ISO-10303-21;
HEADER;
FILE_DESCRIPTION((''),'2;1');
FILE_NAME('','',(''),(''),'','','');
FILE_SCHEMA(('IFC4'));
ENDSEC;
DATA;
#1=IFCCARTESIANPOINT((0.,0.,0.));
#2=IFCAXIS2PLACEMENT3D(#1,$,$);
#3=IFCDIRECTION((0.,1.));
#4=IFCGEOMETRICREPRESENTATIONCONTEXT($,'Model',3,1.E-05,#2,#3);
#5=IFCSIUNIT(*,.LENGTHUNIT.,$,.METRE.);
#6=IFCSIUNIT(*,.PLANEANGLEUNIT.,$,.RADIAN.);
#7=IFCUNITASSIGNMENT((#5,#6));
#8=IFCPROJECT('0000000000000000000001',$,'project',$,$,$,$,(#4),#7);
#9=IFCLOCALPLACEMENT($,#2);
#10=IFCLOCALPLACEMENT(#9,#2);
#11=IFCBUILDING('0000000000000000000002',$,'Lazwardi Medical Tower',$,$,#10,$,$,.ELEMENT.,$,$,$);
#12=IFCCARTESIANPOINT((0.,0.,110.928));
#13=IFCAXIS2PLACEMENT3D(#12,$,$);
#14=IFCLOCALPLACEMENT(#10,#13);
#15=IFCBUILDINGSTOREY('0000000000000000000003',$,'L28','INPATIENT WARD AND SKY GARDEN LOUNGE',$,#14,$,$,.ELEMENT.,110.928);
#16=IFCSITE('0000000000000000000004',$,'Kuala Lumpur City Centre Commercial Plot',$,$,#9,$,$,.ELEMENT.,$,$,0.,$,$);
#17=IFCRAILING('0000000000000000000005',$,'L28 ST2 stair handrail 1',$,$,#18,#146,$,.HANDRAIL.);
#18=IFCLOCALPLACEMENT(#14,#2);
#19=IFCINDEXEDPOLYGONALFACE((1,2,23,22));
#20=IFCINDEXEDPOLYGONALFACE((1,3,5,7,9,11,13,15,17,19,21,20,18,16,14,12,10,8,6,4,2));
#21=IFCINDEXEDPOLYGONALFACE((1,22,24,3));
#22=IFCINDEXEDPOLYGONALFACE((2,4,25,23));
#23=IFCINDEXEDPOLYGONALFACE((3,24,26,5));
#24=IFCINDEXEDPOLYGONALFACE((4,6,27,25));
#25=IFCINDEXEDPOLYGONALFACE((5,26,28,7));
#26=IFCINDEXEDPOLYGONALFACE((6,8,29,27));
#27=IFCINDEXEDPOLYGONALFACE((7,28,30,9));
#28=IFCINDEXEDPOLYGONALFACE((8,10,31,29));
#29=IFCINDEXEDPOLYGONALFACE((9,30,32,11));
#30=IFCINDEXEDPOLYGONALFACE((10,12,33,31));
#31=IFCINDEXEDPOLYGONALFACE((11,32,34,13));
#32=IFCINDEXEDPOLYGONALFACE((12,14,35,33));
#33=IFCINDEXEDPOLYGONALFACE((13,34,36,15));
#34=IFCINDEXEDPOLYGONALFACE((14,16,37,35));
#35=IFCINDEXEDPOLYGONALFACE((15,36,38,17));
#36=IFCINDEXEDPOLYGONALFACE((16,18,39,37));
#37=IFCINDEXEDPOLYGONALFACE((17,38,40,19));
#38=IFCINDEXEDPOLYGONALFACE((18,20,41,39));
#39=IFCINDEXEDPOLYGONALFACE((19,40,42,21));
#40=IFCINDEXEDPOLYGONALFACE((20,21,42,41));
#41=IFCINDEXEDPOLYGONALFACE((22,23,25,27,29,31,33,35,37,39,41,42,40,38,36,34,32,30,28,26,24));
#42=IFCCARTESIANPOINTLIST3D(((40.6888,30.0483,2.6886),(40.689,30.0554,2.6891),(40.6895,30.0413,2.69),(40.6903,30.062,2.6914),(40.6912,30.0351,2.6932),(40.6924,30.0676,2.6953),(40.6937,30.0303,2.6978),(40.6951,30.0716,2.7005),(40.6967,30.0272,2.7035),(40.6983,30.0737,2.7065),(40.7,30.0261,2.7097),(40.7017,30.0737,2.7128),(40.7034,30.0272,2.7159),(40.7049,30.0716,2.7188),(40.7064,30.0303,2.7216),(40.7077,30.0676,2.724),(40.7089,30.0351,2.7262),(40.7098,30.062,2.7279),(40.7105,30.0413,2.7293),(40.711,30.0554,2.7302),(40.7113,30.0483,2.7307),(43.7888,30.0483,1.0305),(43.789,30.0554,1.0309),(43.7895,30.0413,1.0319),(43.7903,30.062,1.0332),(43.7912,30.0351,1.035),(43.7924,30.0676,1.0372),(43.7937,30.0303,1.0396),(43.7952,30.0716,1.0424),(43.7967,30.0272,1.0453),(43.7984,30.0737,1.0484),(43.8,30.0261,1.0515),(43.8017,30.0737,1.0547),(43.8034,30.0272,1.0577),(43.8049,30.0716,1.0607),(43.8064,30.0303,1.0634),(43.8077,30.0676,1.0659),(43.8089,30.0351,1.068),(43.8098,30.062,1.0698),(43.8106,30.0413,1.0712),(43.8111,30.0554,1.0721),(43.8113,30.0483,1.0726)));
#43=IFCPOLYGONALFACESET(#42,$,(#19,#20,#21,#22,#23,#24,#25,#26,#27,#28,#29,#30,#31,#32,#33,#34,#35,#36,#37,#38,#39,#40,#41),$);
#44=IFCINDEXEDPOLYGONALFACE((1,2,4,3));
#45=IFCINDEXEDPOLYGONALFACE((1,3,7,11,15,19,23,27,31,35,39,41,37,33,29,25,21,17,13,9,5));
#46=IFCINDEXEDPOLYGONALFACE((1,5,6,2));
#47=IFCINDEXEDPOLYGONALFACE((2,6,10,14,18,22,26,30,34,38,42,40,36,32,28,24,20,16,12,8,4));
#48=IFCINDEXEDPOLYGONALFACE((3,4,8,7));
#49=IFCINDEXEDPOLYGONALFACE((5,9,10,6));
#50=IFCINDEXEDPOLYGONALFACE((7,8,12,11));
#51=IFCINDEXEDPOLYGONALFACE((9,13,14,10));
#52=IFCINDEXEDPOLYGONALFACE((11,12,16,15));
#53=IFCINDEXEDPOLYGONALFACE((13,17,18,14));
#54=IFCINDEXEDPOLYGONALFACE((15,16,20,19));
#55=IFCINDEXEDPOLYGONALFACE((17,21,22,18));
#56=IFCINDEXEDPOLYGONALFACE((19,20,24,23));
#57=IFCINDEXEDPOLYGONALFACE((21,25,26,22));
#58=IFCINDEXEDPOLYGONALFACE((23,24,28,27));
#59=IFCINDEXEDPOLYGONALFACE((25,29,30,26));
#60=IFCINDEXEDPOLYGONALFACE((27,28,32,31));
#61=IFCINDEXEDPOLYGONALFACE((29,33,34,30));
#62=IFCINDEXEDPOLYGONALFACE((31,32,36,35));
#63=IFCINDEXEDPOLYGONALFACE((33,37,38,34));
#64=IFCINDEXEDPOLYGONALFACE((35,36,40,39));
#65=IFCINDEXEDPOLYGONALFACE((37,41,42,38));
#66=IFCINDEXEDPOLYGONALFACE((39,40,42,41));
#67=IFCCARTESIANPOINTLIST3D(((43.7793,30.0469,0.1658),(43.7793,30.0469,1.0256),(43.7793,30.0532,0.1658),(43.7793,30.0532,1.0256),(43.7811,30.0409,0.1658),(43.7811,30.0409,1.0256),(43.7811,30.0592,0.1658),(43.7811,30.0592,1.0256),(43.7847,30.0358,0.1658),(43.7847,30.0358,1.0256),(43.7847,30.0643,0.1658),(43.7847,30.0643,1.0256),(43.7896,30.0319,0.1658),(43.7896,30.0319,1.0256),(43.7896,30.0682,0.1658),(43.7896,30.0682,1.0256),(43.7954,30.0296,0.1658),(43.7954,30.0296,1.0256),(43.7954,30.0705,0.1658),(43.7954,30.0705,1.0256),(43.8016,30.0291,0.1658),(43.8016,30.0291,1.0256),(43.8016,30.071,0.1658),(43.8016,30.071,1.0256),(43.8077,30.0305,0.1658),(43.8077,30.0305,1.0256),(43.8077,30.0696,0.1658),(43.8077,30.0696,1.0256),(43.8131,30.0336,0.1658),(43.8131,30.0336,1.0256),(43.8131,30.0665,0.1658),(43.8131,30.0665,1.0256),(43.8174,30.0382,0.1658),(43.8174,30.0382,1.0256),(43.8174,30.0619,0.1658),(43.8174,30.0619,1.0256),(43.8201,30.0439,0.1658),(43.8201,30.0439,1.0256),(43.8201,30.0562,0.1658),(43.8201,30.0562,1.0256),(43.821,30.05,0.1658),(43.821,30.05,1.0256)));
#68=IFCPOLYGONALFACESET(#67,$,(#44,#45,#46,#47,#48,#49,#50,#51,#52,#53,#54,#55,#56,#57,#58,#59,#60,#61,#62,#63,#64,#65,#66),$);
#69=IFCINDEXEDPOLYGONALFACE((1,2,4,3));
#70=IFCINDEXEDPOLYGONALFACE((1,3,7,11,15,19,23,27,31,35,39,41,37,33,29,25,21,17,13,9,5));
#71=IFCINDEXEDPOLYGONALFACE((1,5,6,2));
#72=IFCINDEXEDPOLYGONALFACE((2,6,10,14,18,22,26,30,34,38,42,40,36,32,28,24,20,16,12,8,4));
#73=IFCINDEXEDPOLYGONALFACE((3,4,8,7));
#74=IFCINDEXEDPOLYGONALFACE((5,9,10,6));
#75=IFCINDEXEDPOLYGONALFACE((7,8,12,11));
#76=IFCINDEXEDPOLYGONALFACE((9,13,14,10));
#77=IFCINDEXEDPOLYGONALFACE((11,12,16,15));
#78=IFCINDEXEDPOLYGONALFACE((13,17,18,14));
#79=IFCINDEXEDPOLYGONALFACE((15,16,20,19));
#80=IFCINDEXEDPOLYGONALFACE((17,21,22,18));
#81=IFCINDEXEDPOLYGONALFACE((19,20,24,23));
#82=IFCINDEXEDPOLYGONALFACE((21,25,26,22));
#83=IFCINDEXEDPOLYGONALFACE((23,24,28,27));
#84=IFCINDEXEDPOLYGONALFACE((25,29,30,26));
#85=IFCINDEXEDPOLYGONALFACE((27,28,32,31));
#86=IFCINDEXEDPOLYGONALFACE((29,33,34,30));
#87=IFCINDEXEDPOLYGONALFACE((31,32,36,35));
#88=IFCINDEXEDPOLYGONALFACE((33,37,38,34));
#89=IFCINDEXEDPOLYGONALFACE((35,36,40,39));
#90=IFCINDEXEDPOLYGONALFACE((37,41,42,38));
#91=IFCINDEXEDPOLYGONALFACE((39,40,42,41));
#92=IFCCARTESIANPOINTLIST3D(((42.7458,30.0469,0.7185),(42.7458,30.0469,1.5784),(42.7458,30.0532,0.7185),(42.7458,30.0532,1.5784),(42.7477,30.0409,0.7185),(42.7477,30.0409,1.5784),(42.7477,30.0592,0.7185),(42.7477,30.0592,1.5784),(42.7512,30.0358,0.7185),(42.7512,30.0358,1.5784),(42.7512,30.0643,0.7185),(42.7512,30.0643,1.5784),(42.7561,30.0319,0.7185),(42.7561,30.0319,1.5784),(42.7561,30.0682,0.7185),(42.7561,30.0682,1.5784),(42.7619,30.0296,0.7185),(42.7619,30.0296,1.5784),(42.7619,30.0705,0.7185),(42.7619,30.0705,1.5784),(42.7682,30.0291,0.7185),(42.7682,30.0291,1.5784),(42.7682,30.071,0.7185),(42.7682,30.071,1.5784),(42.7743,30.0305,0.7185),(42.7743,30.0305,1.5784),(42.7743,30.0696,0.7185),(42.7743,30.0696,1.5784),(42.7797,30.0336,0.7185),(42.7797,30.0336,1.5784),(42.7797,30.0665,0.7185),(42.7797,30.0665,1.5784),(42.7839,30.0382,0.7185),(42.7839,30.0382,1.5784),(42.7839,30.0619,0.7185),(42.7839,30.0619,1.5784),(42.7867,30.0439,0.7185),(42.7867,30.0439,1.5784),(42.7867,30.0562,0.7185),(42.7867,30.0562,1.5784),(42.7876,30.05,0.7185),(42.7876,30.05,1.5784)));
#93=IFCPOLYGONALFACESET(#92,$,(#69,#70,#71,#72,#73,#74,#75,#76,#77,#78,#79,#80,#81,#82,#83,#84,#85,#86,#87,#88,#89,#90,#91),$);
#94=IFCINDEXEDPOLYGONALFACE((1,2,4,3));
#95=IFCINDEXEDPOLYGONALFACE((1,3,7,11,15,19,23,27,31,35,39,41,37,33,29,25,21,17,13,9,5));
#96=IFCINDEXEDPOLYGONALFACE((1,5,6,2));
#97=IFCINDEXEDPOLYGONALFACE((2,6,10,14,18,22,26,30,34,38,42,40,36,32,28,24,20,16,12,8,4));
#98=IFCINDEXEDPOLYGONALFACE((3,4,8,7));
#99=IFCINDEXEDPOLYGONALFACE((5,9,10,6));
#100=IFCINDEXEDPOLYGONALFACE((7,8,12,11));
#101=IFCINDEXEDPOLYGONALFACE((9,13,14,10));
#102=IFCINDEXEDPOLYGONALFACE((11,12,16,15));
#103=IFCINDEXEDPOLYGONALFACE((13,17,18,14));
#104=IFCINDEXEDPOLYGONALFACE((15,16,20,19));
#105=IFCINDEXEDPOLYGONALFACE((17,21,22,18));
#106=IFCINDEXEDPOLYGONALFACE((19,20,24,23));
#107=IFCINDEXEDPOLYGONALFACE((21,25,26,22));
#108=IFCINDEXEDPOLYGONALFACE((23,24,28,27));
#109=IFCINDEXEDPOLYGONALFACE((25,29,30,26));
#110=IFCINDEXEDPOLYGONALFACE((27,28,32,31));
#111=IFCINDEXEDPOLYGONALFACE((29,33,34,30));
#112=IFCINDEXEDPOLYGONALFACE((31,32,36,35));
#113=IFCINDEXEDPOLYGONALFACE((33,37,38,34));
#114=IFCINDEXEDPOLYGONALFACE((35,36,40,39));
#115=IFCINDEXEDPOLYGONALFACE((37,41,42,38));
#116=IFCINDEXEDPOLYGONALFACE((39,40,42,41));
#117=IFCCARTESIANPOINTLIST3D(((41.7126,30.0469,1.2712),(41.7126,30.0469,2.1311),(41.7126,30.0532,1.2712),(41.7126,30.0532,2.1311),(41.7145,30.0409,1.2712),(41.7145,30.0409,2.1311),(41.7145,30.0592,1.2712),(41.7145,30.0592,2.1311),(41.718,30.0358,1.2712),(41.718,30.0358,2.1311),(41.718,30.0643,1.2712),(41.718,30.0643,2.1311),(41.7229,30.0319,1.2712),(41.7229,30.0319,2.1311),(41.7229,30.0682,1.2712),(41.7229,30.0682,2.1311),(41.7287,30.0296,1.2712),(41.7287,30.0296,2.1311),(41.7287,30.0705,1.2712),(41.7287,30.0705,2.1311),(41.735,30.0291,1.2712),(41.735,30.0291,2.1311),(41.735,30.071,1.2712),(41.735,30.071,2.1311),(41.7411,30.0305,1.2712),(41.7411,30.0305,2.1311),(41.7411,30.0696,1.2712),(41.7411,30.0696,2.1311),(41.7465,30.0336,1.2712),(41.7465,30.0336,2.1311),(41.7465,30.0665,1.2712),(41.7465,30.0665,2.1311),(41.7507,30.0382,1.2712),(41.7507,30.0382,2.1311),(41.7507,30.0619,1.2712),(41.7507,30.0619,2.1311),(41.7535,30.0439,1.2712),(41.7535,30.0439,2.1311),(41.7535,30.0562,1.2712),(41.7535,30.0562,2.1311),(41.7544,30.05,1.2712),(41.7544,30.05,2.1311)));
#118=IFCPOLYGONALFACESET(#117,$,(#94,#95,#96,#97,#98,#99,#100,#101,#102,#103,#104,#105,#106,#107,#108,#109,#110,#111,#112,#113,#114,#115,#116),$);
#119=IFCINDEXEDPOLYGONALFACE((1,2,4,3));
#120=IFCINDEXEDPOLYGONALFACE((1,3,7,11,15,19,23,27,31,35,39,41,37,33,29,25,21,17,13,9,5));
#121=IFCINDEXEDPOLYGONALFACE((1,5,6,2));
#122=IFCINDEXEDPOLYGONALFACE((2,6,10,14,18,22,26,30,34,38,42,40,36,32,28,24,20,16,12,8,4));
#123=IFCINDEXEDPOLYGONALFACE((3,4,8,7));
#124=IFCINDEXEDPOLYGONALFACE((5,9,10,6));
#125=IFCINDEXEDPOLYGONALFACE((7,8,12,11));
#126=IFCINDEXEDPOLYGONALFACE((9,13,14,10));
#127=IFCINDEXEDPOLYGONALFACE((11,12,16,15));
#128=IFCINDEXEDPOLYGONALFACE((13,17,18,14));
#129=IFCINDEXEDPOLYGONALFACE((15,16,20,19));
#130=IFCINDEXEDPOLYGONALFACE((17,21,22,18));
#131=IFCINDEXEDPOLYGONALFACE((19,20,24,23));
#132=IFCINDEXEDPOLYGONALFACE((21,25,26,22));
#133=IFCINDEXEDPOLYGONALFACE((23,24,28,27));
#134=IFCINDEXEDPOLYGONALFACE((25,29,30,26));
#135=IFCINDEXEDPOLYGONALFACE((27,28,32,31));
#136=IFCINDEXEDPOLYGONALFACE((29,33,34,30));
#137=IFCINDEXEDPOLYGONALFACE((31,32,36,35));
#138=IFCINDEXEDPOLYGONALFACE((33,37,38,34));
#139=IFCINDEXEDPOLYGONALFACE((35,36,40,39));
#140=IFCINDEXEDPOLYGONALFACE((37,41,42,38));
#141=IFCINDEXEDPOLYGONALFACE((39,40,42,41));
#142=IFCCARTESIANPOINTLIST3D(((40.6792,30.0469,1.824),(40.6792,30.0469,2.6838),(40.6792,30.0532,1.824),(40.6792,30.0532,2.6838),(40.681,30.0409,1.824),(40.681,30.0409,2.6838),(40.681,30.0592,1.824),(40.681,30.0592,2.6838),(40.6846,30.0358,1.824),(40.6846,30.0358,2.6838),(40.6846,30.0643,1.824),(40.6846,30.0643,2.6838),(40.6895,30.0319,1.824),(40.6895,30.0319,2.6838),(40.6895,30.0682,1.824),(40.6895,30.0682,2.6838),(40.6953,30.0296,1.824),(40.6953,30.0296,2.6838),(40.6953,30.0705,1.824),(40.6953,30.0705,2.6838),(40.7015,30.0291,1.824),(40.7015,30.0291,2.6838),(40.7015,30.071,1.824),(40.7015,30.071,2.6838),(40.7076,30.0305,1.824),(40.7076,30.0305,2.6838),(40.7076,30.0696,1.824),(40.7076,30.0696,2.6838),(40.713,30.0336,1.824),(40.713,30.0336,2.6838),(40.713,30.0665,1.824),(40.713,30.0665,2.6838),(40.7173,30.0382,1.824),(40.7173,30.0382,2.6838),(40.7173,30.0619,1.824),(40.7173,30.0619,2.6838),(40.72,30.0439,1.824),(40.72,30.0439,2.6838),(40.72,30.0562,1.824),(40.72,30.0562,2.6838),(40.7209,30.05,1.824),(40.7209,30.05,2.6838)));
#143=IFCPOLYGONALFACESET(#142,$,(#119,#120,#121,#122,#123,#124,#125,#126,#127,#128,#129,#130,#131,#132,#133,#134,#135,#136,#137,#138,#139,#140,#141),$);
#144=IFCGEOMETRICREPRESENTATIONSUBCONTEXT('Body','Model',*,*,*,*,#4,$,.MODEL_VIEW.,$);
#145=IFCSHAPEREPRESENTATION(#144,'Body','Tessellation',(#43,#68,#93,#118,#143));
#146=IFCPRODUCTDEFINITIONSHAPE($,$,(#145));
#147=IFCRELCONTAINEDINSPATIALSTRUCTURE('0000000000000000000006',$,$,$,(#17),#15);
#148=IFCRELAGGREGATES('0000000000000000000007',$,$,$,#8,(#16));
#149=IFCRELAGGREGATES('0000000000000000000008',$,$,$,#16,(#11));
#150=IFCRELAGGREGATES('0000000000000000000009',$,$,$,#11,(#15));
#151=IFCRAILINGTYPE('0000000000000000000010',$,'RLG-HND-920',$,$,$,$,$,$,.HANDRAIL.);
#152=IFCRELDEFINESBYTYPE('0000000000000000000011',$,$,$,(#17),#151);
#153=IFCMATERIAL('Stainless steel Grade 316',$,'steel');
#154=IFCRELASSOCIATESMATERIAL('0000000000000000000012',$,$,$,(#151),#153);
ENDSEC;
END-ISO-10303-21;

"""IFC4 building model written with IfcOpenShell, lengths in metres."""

from ifc_helpers import new_model, si_unit, direction, frame, origin, origin_2d, place, context, subcontext, project, spatial, circle, extrude, material, type_object, element, save


model = new_model("IFC4")

# Units and contexts
model_context = context("Model", 3, precision=1e-05, world=origin(), true_north=direction((0.0, 1.0)))
body_context = subcontext(model_context, "Body", "Model", "MODEL_VIEW")
ifc_project = project(units=[si_unit("LENGTHUNIT", "METRE"), si_unit("PLANEANGLEUNIT", "RADIAN")], contexts=[model_context])

# Site, building, storey
site_placement = place(None, origin())
site = spatial("IfcSite", under=ifc_project, at=site_placement, Name="Kuala Lumpur City Centre Commercial Plot", CompositionType="ELEMENT", RefElevation=0.0)
building_placement = place(site_placement, origin())
building = spatial("IfcBuilding", under=site, at=building_placement, Name="Lazwardi Medical Tower", CompositionType="ELEMENT")
storey_placement = place(building_placement, frame((0.0, 0.0, 110.928)))
storey = spatial("IfcBuildingStorey", under=building, at=storey_placement, Name="L28", Description="INPATIENT WARD AND SKY GARDEN LOUNGE", CompositionType="ELEMENT", Elevation=110.928)

# Railing
ifc_material_1 = material(Name="Stainless steel Grade 316", Category="steel")
railing_type_1 = type_object("IfcRailingType", Name="RLG-HND-920", PredefinedType="HANDRAIL", material=ifc_material_1)
railing_1_placement = place(storey_placement, frame((43.8, 30.05, 0.1658)))
element("IfcRailing", 1, at=railing_1_placement, inside=storey, type_object=railing_type_1, Name="L28 ST2 stair handrail 1", PredefinedType="HANDRAIL", context=body_context, shape_type="SweptSolid", body=[
    extrude(circle(Radius=0.0239, at=origin_2d()), frame((0.0, 0.0, 0.8857), z_axis=(-0.881783, 0.0, 0.471655), x_axis=(0.0, -1.0, 0.0)), (0.0, 0.0, 1.0), 3.5156),
    extrude(circle(Radius=0.021, at=origin_2d()), origin(), (0.0, 0.0, 1.0), 0.8599),
    extrude(circle(Radius=0.021, at=origin_2d()), frame((-1.0334, 0.0, 0.5527)), (0.0, 0.0, 1.0), 0.8599),
    extrude(circle(Radius=0.021, at=origin_2d()), frame((-2.0667, 0.0, 1.1055)), (0.0, 0.0, 1.0), 0.8599),
    extrude(circle(Radius=0.021, at=origin_2d()), frame((-3.1001, 0.0, 1.6582)), (0.0, 0.0, 1.0), 0.8599),
])

save(model, "model.ifc")
